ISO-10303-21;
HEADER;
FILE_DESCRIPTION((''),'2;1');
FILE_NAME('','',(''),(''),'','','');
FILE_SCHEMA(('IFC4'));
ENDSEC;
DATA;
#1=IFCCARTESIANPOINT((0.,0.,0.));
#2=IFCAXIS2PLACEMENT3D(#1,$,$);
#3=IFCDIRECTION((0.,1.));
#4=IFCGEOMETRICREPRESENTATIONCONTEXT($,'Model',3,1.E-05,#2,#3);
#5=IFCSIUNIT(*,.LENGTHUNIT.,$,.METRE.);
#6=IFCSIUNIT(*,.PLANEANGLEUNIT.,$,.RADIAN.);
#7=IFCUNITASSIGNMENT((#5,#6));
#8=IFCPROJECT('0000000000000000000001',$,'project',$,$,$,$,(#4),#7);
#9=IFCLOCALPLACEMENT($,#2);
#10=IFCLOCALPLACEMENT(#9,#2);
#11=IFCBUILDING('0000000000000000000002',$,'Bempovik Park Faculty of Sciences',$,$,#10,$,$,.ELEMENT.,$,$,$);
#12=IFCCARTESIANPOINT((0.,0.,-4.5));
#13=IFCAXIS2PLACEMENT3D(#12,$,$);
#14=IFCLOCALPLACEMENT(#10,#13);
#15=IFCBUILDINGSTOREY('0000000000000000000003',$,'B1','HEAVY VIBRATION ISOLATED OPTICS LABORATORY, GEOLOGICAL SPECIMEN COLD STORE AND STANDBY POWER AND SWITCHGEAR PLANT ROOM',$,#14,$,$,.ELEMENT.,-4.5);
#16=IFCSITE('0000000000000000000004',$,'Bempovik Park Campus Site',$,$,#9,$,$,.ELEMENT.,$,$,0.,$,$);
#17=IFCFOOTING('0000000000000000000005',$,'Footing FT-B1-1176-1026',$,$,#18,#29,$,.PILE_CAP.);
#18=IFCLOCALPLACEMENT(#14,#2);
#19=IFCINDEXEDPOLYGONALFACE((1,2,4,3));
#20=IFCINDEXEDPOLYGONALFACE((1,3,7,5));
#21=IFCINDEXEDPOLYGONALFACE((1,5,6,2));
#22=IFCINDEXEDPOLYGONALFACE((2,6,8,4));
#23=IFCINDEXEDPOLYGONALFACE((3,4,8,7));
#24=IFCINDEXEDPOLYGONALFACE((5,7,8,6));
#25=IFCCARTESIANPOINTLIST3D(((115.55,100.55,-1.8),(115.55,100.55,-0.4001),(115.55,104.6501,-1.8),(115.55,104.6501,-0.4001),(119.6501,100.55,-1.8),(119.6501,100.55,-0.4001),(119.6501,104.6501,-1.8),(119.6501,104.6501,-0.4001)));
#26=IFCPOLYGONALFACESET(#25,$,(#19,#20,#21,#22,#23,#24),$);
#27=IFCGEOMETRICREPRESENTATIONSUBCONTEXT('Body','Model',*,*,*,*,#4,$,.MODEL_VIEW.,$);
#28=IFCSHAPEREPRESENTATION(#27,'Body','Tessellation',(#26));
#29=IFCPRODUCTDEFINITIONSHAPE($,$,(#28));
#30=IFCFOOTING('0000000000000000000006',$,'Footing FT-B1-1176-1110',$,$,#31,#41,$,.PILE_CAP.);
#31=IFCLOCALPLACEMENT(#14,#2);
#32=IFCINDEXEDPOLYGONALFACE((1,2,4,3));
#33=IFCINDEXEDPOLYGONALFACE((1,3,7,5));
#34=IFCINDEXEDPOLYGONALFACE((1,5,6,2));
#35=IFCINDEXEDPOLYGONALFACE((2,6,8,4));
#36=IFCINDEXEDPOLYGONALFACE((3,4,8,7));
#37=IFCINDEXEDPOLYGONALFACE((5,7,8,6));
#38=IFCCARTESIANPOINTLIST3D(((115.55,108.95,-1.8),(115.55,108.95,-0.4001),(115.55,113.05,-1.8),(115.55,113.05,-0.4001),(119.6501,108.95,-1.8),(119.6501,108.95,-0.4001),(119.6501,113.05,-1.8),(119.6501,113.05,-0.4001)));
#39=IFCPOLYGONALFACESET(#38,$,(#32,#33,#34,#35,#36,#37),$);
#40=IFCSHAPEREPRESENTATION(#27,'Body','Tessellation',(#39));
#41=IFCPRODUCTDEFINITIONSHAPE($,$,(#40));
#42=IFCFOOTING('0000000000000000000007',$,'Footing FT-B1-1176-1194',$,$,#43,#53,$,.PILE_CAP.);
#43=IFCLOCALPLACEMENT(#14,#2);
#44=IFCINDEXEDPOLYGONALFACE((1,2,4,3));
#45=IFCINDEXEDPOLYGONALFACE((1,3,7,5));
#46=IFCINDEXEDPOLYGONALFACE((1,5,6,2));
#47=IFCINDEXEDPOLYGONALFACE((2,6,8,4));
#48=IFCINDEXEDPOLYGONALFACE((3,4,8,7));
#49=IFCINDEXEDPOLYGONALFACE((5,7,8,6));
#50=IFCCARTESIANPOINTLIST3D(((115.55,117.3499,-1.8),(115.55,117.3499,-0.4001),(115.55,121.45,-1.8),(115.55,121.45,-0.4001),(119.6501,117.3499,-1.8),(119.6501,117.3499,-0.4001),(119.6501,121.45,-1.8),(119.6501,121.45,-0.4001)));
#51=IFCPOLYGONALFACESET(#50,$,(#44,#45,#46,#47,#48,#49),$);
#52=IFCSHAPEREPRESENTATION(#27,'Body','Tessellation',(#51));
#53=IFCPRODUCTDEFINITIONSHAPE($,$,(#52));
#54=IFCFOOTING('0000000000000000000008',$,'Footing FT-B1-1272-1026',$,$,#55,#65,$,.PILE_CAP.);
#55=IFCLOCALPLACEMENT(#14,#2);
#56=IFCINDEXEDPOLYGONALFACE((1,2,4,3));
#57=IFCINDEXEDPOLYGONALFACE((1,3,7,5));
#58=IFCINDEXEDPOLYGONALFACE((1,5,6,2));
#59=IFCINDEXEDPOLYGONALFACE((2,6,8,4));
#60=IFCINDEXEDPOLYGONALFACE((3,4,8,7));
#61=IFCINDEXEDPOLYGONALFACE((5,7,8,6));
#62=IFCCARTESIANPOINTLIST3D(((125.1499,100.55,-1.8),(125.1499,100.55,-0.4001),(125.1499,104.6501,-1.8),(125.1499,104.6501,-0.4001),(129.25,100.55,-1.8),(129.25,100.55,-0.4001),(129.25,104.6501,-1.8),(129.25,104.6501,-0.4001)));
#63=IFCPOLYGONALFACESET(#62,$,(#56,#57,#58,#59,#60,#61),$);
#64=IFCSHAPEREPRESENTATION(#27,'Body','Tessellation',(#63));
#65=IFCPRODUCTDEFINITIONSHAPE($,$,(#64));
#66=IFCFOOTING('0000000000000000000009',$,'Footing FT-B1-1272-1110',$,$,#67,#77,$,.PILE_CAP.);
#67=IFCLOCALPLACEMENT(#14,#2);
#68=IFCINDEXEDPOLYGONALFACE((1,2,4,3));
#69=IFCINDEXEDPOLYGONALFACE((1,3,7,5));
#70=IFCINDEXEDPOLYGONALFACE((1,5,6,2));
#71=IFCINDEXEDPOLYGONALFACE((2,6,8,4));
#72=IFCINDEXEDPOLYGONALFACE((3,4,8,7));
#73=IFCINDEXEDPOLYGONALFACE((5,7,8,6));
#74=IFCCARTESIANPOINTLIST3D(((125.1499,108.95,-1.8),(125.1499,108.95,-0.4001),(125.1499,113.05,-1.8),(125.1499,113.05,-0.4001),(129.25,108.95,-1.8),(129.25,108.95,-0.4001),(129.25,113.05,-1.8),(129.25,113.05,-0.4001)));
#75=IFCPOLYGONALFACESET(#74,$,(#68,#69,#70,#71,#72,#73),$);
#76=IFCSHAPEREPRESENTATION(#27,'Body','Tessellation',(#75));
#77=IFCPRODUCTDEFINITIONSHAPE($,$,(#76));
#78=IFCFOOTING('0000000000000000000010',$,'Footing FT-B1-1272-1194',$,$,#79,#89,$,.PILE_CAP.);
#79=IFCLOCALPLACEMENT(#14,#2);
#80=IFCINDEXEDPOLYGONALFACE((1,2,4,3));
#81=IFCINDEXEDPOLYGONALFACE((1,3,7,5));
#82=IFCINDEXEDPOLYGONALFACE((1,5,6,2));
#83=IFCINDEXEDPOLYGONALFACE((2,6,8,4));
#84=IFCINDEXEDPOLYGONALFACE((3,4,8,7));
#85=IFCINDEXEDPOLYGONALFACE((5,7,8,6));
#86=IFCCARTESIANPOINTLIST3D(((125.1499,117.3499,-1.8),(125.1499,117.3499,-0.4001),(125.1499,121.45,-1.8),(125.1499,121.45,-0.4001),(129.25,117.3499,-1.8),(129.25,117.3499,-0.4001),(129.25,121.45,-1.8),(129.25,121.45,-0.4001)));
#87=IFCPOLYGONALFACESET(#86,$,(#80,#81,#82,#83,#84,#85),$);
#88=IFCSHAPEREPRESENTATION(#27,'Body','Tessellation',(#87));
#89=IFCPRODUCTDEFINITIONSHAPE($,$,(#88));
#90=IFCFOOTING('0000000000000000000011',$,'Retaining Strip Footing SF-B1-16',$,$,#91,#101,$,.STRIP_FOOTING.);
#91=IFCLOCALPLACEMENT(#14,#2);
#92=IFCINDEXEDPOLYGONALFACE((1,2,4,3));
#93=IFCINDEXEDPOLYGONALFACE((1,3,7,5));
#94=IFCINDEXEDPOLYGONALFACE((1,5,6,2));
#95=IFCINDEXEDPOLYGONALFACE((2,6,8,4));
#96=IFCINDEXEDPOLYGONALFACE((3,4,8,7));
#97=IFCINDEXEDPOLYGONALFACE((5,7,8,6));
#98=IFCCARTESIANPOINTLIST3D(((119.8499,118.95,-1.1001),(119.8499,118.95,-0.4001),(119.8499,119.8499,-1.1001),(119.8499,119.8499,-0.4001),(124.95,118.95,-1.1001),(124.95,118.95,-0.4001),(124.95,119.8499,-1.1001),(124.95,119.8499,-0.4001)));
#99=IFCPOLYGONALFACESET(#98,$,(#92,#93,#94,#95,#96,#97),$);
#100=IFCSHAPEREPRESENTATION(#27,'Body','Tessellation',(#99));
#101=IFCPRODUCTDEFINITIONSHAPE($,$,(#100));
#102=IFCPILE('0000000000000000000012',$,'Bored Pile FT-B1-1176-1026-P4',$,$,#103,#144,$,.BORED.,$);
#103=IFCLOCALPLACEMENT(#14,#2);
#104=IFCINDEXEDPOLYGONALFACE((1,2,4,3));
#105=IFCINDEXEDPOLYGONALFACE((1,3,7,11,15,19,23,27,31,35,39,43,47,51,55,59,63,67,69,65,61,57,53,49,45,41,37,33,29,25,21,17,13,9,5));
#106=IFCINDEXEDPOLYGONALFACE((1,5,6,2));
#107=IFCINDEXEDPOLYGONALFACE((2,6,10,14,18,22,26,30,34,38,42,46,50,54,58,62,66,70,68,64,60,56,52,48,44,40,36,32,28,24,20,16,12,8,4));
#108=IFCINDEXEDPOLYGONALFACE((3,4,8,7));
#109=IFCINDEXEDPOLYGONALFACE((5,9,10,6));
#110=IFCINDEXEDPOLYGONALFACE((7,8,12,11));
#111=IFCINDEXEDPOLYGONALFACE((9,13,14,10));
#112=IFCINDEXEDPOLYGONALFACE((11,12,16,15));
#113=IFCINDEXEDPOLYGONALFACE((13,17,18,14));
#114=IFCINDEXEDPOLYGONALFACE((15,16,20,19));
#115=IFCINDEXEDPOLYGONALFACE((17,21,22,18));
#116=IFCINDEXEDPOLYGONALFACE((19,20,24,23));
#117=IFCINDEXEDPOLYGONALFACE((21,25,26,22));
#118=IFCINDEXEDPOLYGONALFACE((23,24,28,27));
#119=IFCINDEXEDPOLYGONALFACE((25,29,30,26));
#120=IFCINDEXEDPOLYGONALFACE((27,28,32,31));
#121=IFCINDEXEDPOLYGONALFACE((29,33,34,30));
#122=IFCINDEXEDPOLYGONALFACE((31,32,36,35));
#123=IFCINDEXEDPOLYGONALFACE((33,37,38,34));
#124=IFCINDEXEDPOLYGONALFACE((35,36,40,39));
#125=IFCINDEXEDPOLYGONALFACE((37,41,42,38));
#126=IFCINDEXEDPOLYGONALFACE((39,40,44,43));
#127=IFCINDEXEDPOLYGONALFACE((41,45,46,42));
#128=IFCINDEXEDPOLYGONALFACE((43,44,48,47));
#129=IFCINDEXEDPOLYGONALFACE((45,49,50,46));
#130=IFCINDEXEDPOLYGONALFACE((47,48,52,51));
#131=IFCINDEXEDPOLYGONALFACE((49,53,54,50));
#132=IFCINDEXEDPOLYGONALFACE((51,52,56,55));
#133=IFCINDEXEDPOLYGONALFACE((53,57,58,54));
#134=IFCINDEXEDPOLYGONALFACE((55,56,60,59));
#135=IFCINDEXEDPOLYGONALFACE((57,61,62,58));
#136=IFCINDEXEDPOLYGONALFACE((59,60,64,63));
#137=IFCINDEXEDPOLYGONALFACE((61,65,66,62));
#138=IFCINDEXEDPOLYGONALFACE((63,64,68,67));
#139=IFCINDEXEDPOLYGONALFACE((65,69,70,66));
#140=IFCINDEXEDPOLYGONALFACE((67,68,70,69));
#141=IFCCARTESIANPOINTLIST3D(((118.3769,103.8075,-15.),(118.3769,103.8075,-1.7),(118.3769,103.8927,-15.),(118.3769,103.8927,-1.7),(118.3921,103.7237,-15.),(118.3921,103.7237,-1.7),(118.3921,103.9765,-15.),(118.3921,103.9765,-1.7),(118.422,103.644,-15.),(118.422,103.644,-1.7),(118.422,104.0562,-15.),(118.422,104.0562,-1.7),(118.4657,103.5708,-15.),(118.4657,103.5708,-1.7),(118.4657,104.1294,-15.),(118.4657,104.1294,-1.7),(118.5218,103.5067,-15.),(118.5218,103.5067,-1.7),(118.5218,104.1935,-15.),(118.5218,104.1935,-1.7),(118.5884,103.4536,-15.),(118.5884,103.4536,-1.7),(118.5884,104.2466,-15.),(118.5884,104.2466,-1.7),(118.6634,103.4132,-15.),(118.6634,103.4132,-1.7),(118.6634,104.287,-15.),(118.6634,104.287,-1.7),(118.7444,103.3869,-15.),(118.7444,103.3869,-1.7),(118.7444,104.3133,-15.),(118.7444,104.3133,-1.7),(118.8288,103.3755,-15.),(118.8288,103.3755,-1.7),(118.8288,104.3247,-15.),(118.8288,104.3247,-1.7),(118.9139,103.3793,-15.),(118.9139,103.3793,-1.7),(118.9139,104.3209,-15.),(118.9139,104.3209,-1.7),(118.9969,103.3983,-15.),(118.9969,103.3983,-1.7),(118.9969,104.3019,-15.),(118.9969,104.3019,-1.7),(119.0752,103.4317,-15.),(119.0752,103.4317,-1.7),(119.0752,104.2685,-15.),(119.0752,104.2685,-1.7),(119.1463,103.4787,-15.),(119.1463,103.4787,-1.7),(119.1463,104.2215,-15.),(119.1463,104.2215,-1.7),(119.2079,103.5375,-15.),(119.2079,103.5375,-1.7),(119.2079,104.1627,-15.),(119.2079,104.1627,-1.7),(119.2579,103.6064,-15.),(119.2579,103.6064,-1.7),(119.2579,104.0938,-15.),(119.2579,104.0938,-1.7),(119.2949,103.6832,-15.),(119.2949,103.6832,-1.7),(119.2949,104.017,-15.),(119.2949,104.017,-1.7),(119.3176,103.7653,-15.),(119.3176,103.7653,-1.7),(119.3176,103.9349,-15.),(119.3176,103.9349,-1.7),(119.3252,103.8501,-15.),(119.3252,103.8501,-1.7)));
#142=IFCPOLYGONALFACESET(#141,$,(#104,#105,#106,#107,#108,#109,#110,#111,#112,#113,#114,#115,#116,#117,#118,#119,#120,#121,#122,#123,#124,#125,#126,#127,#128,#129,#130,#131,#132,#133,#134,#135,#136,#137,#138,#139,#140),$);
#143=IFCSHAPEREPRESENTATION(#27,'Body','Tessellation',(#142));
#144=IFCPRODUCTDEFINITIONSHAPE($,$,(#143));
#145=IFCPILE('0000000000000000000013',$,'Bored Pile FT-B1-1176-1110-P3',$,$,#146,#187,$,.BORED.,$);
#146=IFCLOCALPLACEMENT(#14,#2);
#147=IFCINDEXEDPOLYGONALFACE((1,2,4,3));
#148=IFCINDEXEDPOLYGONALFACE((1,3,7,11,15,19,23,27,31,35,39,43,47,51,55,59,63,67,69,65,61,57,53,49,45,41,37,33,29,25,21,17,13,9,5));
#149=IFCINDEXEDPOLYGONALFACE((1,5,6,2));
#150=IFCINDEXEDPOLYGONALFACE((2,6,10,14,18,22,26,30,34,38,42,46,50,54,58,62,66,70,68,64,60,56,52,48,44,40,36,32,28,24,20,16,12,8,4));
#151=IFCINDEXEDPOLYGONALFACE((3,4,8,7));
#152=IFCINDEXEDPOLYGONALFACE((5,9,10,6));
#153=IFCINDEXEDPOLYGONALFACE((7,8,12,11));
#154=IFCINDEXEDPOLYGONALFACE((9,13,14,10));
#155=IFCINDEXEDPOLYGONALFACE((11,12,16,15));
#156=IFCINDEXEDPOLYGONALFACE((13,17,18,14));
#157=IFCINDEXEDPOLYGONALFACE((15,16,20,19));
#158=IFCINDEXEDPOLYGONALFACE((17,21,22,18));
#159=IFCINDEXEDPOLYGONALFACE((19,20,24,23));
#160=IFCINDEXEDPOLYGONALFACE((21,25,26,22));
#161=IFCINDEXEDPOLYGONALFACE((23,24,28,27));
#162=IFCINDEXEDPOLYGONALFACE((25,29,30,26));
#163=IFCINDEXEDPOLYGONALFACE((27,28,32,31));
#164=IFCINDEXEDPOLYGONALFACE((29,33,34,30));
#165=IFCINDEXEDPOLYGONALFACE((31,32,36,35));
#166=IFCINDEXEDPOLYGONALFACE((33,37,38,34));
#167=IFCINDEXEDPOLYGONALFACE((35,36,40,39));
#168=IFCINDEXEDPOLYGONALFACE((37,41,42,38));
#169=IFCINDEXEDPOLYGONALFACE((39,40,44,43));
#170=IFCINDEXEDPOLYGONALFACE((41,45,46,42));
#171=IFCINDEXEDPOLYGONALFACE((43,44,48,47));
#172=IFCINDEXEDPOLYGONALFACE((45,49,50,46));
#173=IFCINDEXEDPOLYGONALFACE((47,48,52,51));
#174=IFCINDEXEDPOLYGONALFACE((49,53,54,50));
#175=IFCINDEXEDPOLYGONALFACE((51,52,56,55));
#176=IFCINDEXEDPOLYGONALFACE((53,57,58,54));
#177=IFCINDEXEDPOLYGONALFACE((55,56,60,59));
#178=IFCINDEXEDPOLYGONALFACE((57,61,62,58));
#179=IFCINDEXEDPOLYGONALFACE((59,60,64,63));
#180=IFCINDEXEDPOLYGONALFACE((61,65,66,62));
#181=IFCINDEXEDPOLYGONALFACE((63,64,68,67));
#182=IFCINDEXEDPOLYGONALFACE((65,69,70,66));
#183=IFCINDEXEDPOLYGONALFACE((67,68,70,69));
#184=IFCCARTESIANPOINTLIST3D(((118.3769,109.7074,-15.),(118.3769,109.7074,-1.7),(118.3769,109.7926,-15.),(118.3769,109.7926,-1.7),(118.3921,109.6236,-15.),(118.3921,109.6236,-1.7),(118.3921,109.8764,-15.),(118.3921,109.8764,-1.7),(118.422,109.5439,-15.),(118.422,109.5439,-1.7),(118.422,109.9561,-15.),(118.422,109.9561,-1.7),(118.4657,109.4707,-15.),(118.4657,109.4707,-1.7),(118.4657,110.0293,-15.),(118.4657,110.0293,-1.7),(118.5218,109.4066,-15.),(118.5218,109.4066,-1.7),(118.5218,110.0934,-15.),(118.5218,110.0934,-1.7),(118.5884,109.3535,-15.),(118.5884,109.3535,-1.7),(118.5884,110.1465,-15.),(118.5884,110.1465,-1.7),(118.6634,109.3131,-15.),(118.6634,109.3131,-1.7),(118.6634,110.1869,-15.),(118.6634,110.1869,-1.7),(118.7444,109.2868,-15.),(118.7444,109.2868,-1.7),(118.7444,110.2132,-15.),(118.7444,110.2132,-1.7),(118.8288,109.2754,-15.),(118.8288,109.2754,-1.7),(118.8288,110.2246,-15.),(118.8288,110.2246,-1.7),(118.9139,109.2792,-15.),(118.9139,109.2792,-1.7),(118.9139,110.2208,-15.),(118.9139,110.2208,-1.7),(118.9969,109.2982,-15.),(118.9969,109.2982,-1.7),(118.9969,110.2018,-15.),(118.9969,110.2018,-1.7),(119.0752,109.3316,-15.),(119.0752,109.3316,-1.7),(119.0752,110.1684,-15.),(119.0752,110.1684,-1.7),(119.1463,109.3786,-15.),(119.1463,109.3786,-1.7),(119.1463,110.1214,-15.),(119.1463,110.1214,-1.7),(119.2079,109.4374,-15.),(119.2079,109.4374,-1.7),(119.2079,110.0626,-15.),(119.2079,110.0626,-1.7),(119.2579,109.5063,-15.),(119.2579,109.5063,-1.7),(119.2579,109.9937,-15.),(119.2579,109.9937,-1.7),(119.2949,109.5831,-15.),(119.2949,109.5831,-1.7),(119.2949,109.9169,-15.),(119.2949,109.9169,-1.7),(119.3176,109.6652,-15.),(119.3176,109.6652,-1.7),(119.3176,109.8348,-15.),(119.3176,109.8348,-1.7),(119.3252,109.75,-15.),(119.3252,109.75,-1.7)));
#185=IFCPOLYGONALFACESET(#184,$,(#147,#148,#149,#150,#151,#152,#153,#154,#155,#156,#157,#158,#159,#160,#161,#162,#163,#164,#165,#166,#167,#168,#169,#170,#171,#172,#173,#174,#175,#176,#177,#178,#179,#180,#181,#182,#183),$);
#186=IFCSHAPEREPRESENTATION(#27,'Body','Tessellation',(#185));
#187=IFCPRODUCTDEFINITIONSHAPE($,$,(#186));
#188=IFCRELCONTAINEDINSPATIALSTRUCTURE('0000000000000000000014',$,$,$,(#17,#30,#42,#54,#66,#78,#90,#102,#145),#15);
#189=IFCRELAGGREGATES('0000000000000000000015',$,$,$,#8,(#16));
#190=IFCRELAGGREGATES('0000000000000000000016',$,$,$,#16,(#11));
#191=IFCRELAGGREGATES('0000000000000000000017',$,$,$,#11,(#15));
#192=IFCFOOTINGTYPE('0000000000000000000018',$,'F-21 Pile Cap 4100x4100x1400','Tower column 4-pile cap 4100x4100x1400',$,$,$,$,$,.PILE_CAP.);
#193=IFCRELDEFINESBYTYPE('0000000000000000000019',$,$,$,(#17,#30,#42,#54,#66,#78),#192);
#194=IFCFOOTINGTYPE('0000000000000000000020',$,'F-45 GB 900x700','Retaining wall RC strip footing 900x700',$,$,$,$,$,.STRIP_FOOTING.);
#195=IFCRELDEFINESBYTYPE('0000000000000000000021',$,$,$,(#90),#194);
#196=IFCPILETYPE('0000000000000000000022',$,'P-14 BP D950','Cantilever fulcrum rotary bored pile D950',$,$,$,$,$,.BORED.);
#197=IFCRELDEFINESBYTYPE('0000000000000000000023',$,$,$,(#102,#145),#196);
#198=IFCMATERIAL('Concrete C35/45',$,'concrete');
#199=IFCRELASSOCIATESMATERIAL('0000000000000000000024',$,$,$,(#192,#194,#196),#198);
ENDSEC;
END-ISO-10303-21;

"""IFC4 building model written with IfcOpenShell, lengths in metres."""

from ifc_helpers import new_model, si_unit, direction, frame, origin, origin_2d, place, context, subcontext, project, spatial, rectangle, circle, extrude, material, material_profile, profile_set, type_object, element, save


model = new_model("IFC4")

# Units and contexts
model_context = context("Model", 3, precision=1e-05, world=origin(), true_north=direction((0.0, 1.0)))
body_context = subcontext(model_context, "Body", "Model", "MODEL_VIEW")
ifc_project = project(units=[si_unit("LENGTHUNIT", "METRE"), si_unit("PLANEANGLEUNIT", "RADIAN")], contexts=[model_context])

# Site, building, storey
site_placement = place(None, origin())
site = spatial("IfcSite", under=ifc_project, at=site_placement, Name="Bempovik Park Campus Site", CompositionType="ELEMENT", RefElevation=0.0)
building_placement = place(site_placement, origin())
building = spatial("IfcBuilding", under=site, at=building_placement, Name="Bempovik Park Faculty of Sciences", CompositionType="ELEMENT")
storey_placement = place(building_placement, frame((0.0, 0.0, -4.5)))
storey = spatial("IfcBuildingStorey", under=building, at=storey_placement, Name="B1", Description="HEAVY VIBRATION ISOLATED OPTICS LABORATORY, GEOLOGICAL SPECIMEN COLD STORE AND STANDBY POWER AND SWITCHGEAR PLANT ROOM", CompositionType="ELEMENT", Elevation=-4.5)

# Footings
ifc_material_1 = material(Name="Concrete C35/45", Category="concrete")
footing_type_1 = type_object("IfcFootingType", Name="F-21 Pile Cap 4100x4100x1400", Description="Tower column 4-pile cap 4100x4100x1400", PredefinedType="PILE_CAP", material=ifc_material_1)
for number, where, z_axis, x_axis, name in (
    (1, (117.6001, 102.6001, -1.8), (0.0, 0.0, 1.0), (1.0, 0.0, 0.0), "Footing FT-B1-1176-1026"),
    (2, (117.6001, 111.0, -1.8), (0.0, 0.0, 1.0), (1.0, 0.0, 0.0), "Footing FT-B1-1176-1110"),
    (3, (117.6001, 119.3999, -1.8), (0.0, 0.0, 1.0), (1.0, 0.0, 0.0), "Footing FT-B1-1176-1194"),
    (4, (127.2, 102.6001, -1.8), (0.0, 0.0, 1.0), (1.0, 0.0, 0.0), "Footing FT-B1-1272-1026"),
    (5, (127.2, 111.0, -1.8), (0.0, 0.0, 1.0), (1.0, 0.0, 0.0), "Footing FT-B1-1272-1110"),
    (6, (127.2, 119.3999, -1.8), (0.0, 0.0, 1.0), (1.0, 0.0, 0.0), "Footing FT-B1-1272-1194"),
):
    element("IfcFooting", number, at=place(storey_placement, frame(where, z_axis=z_axis, x_axis=x_axis)), inside=storey, type_object=footing_type_1, Name=name, PredefinedType="PILE_CAP", context=body_context, shape_type="SweptSolid", body=[
        extrude(rectangle(XDim=4.1001, YDim=4.1001, at=origin_2d()), origin(), (0.0, 0.0, 1.0), 1.3999),
    ])
footing_type_2 = type_object("IfcFootingType", Name="F-45 GB 900x700", Description="Retaining wall RC strip footing 900x700", PredefinedType="STRIP_FOOTING", material=ifc_material_1)
footing_placement = place(storey_placement, frame((122.3999, 119.3999, -1.1001), z_axis=(0.0, 0.0, 1.0), x_axis=(1.0, 0.0, 0.0)))
element("IfcFooting", 7, at=footing_placement, inside=storey, type_object=footing_type_2, Name="Retaining Strip Footing SF-B1-16", PredefinedType="STRIP_FOOTING", context=body_context, shape_type="SweptSolid", body=[
    extrude(rectangle(XDim=5.1001, YDim=0.8999, at=origin_2d()), origin(), (0.0, 0.0, 1.0), 0.7),
])

# Piles
ifc_material_profile_1 = material_profile(ifc_material_1, circle(Radius=0.4751, at=origin_2d()), Name="BP D950")
ifc_profile_set_1 = profile_set([ifc_material_profile_1], Name="Concrete C35/45")
pile_type = type_object("IfcPileType", Name="P-14 BP D950", Description="Cantilever fulcrum rotary bored pile D950", PredefinedType="BORED", material=ifc_profile_set_1)
for number, where, z_axis, x_axis, name in (
    (8, (118.8501, 103.8501, -1.7), (0.0, 0.0, -1.0), (1.0, 0.0, 0.0), "Bored Pile FT-B1-1176-1026-P4"),
    (9, (118.8501, 109.75, -1.7), (0.0, 0.0, -1.0), (1.0, 0.0, 0.0), "Bored Pile FT-B1-1176-1110-P3"),
):
    element("IfcPile", number, at=place(storey_placement, frame(where, z_axis=z_axis, x_axis=x_axis)), inside=storey, type_object=pile_type, Name=name, PredefinedType="BORED", context=body_context, shape_type="SweptSolid", body=[
        extrude(circle(Radius=0.4751, at=origin_2d()), origin(), (0.0, 0.0, 1.0), 13.3),
    ])

save(model, "model.ifc")
